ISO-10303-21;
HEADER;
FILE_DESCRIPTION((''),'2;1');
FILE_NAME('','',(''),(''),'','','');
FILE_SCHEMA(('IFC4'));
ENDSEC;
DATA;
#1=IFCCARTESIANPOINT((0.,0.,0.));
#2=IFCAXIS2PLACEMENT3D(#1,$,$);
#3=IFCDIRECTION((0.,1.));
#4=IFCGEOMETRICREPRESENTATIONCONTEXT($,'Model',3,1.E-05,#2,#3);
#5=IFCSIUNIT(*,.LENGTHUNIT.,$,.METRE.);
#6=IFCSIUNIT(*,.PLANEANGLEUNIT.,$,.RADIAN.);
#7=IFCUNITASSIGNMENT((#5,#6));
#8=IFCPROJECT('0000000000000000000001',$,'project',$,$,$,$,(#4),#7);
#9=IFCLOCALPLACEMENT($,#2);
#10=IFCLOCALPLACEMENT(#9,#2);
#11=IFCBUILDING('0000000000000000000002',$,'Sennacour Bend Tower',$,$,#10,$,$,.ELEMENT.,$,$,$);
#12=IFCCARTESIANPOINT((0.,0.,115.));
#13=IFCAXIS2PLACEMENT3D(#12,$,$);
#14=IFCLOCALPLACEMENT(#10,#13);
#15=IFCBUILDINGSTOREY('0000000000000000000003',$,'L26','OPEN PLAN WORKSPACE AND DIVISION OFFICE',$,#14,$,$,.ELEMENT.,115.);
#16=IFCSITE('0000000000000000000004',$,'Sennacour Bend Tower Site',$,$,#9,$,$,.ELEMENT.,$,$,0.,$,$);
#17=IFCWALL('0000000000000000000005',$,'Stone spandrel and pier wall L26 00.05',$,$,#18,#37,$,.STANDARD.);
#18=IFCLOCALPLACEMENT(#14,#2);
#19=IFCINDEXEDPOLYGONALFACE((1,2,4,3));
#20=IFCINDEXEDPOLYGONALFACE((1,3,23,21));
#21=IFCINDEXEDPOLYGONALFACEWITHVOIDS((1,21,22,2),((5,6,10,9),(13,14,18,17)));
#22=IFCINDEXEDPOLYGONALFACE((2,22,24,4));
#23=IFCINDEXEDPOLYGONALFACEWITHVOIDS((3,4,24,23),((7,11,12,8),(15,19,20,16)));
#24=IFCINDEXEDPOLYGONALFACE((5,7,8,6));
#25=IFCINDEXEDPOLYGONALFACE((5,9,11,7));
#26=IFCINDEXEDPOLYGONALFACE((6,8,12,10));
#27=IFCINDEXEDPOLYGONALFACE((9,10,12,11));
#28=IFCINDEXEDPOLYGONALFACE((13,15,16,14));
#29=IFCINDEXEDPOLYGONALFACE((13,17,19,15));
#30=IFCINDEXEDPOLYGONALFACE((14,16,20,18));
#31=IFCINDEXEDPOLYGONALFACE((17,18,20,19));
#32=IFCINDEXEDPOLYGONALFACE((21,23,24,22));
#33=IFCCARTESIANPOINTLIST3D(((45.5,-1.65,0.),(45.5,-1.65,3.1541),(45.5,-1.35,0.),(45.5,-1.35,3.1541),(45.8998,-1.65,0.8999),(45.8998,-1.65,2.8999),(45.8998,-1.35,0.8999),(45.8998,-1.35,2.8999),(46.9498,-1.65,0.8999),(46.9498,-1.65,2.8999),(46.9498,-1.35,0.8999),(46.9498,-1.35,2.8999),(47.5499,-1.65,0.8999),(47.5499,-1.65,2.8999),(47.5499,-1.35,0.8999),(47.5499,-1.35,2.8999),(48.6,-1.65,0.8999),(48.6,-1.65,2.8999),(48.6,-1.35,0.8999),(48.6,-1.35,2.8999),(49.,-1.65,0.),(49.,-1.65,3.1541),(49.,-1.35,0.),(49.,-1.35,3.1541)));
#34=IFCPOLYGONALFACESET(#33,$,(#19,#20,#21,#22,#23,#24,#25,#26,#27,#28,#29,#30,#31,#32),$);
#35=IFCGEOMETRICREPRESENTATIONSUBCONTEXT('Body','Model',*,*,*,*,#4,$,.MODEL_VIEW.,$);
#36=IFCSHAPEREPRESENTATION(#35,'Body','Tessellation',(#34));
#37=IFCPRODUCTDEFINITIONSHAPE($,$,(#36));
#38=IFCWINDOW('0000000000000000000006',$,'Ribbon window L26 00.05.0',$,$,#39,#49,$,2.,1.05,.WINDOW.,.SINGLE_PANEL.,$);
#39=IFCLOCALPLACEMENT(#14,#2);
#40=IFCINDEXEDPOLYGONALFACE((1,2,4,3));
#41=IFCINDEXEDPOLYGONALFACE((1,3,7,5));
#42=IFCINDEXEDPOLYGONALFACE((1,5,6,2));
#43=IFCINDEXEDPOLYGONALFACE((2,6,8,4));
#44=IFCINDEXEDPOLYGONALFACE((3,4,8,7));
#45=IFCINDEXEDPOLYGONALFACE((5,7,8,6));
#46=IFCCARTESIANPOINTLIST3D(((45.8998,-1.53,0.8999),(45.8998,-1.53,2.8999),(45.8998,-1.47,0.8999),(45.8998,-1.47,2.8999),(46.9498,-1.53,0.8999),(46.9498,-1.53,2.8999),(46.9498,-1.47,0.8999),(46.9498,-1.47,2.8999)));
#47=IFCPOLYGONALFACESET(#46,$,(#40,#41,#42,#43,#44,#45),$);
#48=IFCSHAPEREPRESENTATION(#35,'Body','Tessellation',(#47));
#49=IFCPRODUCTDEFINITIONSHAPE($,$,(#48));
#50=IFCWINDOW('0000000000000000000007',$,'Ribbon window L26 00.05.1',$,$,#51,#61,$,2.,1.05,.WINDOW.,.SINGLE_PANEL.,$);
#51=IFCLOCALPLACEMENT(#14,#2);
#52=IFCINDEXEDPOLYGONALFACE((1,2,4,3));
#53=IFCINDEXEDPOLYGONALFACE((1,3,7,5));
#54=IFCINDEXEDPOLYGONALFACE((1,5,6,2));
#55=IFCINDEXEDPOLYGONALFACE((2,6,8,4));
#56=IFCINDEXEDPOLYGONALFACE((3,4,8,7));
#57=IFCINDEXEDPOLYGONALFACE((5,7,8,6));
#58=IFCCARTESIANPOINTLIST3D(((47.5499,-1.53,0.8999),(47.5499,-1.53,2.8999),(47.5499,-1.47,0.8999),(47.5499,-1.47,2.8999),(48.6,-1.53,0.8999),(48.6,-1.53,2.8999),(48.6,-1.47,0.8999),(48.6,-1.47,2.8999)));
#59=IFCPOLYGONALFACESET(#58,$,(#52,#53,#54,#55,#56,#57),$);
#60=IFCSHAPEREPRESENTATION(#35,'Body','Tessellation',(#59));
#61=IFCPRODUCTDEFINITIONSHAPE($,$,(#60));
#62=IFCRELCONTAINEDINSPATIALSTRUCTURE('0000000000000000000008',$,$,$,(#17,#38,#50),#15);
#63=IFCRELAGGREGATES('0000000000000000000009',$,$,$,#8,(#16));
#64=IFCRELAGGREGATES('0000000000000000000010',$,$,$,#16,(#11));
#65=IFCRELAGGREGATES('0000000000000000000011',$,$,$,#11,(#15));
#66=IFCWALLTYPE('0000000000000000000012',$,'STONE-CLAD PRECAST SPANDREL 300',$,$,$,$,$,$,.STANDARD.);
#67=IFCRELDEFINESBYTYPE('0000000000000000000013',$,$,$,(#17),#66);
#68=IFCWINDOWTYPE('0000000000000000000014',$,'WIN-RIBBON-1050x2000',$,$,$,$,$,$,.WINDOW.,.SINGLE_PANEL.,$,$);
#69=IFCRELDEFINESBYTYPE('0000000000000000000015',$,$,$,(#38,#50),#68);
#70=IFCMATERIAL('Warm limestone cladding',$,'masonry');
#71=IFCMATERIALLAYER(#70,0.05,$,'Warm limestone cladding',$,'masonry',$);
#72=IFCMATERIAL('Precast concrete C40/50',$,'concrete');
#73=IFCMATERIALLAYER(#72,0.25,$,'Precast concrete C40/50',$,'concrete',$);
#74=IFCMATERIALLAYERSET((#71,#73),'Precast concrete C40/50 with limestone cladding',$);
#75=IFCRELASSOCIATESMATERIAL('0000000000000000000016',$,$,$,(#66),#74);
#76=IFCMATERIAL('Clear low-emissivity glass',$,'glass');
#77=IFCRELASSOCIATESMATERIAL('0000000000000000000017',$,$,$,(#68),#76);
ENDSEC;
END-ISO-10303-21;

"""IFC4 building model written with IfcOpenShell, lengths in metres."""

from ifc_helpers import new_model, si_unit, direction, frame, frame_2d, origin, place, context, subcontext, project, spatial, rectangle, extrude, material, layer, layer_set, type_object, element, fill, save


model = new_model("IFC4")

# Units and contexts
model_context = context("Model", 3, precision=1e-05, world=origin(), true_north=direction((0.0, 1.0)))
body_context = subcontext(model_context, "Body", "Model", "MODEL_VIEW")
ifc_project = project(units=[si_unit("LENGTHUNIT", "METRE"), si_unit("PLANEANGLEUNIT", "RADIAN")], contexts=[model_context])

# Site, building, storey
site_placement = place(None, origin())
site = spatial("IfcSite", under=ifc_project, at=site_placement, Name="Sennacour Bend Tower Site", CompositionType="ELEMENT", RefElevation=0.0)
building_placement = place(site_placement, origin())
building = spatial("IfcBuilding", under=site, at=building_placement, Name="Sennacour Bend Tower", CompositionType="ELEMENT")
storey_placement = place(building_placement, frame((0.0, 0.0, 115.0)))
storey = spatial("IfcBuildingStorey", under=building, at=storey_placement, Name="L26", Description="OPEN PLAN WORKSPACE AND DIVISION OFFICE", CompositionType="ELEMENT", Elevation=115.0)

# Wall, openings, windows
ifc_material_1 = material(Name="Warm limestone cladding", Category="masonry")
ifc_layer_1 = layer(ifc_material_1, 0.05, Name="Warm limestone cladding", Category="masonry")
ifc_material_2 = material(Name="Precast concrete C40/50", Category="concrete")
ifc_layer_2 = layer(ifc_material_2, 0.25, Name="Precast concrete C40/50", Category="concrete")
ifc_layer_set_1 = layer_set([ifc_layer_1, ifc_layer_2], Name="Precast concrete C40/50 with limestone cladding")
wall_type_1 = type_object("IfcWallType", Name="STONE-CLAD PRECAST SPANDREL 300", PredefinedType="STANDARD", material=ifc_layer_set_1)
ifc_material_3 = material(Name="Clear low-emissivity glass", Category="glass")
window_type = type_object("IfcWindowType", Name="WIN-RIBBON-1050x2000", PartitioningType="SINGLE_PANEL", PredefinedType="WINDOW", material=ifc_material_3)
wall_1_placement = place(storey_placement, frame((45.5, -1.5, 0.0), z_axis=(0.0, 0.0, 1.0), x_axis=(1.0, 0.0, 0.0)))
wall_1 = element("IfcWall", 1, at=wall_1_placement, inside=storey, type_object=wall_type_1, Name="Stone spandrel and pier wall L26 00.05", PredefinedType="STANDARD", context=body_context, shape_type="SweptSolid", body=[
    extrude(rectangle(XDim=3.5, YDim=0.3, at=frame_2d((1.75, 0.0))), origin(), (0.0, 0.0, 1.0), 3.1541),
])
opening_1_placement = place(wall_1_placement, frame((0.3999, 0.0, 0.8999)))
opening_1 = element("IfcOpeningElement", 2, at=opening_1_placement, cuts=wall_1, PredefinedType="OPENING", context=body_context, shape_type="SweptSolid", body=[
    extrude(rectangle(XDim=1.05, YDim=2.0, at=frame_2d((0.5249, 1.0))), frame((0.0, 0.1602, 0.0), z_axis=(0.0, -1.0, 0.0), x_axis=(1.0, 0.0, 0.0)), (0.0, 0.0, 1.0), 0.3201),
])
opening_2_placement = place(wall_1_placement, frame((2.05, 0.0, 0.8999)))
opening_2 = element("IfcOpeningElement", 3, at=opening_2_placement, cuts=wall_1, PredefinedType="OPENING", context=body_context, shape_type="SweptSolid", body=[
    extrude(rectangle(XDim=1.05, YDim=2.0, at=frame_2d((0.5249, 1.0))), frame((0.0, 0.1602, 0.0), z_axis=(0.0, -1.0, 0.0), x_axis=(1.0, 0.0, 0.0)), (0.0, 0.0, 1.0), 0.3201),
])
window_1_placement = place(opening_1_placement, origin())
window_1 = element("IfcWindow", 4, at=window_1_placement, inside=storey, type_object=window_type, Name="Ribbon window L26 00.05.0", OverallHeight=2.0, OverallWidth=1.05, PartitioningType="SINGLE_PANEL", PredefinedType="WINDOW", context=body_context, shape_type="SweptSolid", body=[
    extrude(rectangle(XDim=1.05, YDim=2.0, at=frame_2d((0.5249, 1.0))), frame((0.0, 0.03, 0.0), z_axis=(0.0, -1.0, 0.0), x_axis=(1.0, 0.0, 0.0)), (0.0, 0.0, 1.0), 0.0601),
])
fill(opening_1, window_1)
window_2_placement = place(opening_2_placement, origin())
window_2 = element("IfcWindow", 5, at=window_2_placement, inside=storey, type_object=window_type, Name="Ribbon window L26 00.05.1", OverallHeight=2.0, OverallWidth=1.05, PartitioningType="SINGLE_PANEL", PredefinedType="WINDOW", context=body_context, shape_type="SweptSolid", body=[
    extrude(rectangle(XDim=1.05, YDim=2.0, at=frame_2d((0.5249, 1.0))), frame((0.0, 0.03, 0.0), z_axis=(0.0, -1.0, 0.0), x_axis=(1.0, 0.0, 0.0)), (0.0, 0.0, 1.0), 0.0601),
])
fill(opening_2, window_2)

save(model, "model.ifc")
